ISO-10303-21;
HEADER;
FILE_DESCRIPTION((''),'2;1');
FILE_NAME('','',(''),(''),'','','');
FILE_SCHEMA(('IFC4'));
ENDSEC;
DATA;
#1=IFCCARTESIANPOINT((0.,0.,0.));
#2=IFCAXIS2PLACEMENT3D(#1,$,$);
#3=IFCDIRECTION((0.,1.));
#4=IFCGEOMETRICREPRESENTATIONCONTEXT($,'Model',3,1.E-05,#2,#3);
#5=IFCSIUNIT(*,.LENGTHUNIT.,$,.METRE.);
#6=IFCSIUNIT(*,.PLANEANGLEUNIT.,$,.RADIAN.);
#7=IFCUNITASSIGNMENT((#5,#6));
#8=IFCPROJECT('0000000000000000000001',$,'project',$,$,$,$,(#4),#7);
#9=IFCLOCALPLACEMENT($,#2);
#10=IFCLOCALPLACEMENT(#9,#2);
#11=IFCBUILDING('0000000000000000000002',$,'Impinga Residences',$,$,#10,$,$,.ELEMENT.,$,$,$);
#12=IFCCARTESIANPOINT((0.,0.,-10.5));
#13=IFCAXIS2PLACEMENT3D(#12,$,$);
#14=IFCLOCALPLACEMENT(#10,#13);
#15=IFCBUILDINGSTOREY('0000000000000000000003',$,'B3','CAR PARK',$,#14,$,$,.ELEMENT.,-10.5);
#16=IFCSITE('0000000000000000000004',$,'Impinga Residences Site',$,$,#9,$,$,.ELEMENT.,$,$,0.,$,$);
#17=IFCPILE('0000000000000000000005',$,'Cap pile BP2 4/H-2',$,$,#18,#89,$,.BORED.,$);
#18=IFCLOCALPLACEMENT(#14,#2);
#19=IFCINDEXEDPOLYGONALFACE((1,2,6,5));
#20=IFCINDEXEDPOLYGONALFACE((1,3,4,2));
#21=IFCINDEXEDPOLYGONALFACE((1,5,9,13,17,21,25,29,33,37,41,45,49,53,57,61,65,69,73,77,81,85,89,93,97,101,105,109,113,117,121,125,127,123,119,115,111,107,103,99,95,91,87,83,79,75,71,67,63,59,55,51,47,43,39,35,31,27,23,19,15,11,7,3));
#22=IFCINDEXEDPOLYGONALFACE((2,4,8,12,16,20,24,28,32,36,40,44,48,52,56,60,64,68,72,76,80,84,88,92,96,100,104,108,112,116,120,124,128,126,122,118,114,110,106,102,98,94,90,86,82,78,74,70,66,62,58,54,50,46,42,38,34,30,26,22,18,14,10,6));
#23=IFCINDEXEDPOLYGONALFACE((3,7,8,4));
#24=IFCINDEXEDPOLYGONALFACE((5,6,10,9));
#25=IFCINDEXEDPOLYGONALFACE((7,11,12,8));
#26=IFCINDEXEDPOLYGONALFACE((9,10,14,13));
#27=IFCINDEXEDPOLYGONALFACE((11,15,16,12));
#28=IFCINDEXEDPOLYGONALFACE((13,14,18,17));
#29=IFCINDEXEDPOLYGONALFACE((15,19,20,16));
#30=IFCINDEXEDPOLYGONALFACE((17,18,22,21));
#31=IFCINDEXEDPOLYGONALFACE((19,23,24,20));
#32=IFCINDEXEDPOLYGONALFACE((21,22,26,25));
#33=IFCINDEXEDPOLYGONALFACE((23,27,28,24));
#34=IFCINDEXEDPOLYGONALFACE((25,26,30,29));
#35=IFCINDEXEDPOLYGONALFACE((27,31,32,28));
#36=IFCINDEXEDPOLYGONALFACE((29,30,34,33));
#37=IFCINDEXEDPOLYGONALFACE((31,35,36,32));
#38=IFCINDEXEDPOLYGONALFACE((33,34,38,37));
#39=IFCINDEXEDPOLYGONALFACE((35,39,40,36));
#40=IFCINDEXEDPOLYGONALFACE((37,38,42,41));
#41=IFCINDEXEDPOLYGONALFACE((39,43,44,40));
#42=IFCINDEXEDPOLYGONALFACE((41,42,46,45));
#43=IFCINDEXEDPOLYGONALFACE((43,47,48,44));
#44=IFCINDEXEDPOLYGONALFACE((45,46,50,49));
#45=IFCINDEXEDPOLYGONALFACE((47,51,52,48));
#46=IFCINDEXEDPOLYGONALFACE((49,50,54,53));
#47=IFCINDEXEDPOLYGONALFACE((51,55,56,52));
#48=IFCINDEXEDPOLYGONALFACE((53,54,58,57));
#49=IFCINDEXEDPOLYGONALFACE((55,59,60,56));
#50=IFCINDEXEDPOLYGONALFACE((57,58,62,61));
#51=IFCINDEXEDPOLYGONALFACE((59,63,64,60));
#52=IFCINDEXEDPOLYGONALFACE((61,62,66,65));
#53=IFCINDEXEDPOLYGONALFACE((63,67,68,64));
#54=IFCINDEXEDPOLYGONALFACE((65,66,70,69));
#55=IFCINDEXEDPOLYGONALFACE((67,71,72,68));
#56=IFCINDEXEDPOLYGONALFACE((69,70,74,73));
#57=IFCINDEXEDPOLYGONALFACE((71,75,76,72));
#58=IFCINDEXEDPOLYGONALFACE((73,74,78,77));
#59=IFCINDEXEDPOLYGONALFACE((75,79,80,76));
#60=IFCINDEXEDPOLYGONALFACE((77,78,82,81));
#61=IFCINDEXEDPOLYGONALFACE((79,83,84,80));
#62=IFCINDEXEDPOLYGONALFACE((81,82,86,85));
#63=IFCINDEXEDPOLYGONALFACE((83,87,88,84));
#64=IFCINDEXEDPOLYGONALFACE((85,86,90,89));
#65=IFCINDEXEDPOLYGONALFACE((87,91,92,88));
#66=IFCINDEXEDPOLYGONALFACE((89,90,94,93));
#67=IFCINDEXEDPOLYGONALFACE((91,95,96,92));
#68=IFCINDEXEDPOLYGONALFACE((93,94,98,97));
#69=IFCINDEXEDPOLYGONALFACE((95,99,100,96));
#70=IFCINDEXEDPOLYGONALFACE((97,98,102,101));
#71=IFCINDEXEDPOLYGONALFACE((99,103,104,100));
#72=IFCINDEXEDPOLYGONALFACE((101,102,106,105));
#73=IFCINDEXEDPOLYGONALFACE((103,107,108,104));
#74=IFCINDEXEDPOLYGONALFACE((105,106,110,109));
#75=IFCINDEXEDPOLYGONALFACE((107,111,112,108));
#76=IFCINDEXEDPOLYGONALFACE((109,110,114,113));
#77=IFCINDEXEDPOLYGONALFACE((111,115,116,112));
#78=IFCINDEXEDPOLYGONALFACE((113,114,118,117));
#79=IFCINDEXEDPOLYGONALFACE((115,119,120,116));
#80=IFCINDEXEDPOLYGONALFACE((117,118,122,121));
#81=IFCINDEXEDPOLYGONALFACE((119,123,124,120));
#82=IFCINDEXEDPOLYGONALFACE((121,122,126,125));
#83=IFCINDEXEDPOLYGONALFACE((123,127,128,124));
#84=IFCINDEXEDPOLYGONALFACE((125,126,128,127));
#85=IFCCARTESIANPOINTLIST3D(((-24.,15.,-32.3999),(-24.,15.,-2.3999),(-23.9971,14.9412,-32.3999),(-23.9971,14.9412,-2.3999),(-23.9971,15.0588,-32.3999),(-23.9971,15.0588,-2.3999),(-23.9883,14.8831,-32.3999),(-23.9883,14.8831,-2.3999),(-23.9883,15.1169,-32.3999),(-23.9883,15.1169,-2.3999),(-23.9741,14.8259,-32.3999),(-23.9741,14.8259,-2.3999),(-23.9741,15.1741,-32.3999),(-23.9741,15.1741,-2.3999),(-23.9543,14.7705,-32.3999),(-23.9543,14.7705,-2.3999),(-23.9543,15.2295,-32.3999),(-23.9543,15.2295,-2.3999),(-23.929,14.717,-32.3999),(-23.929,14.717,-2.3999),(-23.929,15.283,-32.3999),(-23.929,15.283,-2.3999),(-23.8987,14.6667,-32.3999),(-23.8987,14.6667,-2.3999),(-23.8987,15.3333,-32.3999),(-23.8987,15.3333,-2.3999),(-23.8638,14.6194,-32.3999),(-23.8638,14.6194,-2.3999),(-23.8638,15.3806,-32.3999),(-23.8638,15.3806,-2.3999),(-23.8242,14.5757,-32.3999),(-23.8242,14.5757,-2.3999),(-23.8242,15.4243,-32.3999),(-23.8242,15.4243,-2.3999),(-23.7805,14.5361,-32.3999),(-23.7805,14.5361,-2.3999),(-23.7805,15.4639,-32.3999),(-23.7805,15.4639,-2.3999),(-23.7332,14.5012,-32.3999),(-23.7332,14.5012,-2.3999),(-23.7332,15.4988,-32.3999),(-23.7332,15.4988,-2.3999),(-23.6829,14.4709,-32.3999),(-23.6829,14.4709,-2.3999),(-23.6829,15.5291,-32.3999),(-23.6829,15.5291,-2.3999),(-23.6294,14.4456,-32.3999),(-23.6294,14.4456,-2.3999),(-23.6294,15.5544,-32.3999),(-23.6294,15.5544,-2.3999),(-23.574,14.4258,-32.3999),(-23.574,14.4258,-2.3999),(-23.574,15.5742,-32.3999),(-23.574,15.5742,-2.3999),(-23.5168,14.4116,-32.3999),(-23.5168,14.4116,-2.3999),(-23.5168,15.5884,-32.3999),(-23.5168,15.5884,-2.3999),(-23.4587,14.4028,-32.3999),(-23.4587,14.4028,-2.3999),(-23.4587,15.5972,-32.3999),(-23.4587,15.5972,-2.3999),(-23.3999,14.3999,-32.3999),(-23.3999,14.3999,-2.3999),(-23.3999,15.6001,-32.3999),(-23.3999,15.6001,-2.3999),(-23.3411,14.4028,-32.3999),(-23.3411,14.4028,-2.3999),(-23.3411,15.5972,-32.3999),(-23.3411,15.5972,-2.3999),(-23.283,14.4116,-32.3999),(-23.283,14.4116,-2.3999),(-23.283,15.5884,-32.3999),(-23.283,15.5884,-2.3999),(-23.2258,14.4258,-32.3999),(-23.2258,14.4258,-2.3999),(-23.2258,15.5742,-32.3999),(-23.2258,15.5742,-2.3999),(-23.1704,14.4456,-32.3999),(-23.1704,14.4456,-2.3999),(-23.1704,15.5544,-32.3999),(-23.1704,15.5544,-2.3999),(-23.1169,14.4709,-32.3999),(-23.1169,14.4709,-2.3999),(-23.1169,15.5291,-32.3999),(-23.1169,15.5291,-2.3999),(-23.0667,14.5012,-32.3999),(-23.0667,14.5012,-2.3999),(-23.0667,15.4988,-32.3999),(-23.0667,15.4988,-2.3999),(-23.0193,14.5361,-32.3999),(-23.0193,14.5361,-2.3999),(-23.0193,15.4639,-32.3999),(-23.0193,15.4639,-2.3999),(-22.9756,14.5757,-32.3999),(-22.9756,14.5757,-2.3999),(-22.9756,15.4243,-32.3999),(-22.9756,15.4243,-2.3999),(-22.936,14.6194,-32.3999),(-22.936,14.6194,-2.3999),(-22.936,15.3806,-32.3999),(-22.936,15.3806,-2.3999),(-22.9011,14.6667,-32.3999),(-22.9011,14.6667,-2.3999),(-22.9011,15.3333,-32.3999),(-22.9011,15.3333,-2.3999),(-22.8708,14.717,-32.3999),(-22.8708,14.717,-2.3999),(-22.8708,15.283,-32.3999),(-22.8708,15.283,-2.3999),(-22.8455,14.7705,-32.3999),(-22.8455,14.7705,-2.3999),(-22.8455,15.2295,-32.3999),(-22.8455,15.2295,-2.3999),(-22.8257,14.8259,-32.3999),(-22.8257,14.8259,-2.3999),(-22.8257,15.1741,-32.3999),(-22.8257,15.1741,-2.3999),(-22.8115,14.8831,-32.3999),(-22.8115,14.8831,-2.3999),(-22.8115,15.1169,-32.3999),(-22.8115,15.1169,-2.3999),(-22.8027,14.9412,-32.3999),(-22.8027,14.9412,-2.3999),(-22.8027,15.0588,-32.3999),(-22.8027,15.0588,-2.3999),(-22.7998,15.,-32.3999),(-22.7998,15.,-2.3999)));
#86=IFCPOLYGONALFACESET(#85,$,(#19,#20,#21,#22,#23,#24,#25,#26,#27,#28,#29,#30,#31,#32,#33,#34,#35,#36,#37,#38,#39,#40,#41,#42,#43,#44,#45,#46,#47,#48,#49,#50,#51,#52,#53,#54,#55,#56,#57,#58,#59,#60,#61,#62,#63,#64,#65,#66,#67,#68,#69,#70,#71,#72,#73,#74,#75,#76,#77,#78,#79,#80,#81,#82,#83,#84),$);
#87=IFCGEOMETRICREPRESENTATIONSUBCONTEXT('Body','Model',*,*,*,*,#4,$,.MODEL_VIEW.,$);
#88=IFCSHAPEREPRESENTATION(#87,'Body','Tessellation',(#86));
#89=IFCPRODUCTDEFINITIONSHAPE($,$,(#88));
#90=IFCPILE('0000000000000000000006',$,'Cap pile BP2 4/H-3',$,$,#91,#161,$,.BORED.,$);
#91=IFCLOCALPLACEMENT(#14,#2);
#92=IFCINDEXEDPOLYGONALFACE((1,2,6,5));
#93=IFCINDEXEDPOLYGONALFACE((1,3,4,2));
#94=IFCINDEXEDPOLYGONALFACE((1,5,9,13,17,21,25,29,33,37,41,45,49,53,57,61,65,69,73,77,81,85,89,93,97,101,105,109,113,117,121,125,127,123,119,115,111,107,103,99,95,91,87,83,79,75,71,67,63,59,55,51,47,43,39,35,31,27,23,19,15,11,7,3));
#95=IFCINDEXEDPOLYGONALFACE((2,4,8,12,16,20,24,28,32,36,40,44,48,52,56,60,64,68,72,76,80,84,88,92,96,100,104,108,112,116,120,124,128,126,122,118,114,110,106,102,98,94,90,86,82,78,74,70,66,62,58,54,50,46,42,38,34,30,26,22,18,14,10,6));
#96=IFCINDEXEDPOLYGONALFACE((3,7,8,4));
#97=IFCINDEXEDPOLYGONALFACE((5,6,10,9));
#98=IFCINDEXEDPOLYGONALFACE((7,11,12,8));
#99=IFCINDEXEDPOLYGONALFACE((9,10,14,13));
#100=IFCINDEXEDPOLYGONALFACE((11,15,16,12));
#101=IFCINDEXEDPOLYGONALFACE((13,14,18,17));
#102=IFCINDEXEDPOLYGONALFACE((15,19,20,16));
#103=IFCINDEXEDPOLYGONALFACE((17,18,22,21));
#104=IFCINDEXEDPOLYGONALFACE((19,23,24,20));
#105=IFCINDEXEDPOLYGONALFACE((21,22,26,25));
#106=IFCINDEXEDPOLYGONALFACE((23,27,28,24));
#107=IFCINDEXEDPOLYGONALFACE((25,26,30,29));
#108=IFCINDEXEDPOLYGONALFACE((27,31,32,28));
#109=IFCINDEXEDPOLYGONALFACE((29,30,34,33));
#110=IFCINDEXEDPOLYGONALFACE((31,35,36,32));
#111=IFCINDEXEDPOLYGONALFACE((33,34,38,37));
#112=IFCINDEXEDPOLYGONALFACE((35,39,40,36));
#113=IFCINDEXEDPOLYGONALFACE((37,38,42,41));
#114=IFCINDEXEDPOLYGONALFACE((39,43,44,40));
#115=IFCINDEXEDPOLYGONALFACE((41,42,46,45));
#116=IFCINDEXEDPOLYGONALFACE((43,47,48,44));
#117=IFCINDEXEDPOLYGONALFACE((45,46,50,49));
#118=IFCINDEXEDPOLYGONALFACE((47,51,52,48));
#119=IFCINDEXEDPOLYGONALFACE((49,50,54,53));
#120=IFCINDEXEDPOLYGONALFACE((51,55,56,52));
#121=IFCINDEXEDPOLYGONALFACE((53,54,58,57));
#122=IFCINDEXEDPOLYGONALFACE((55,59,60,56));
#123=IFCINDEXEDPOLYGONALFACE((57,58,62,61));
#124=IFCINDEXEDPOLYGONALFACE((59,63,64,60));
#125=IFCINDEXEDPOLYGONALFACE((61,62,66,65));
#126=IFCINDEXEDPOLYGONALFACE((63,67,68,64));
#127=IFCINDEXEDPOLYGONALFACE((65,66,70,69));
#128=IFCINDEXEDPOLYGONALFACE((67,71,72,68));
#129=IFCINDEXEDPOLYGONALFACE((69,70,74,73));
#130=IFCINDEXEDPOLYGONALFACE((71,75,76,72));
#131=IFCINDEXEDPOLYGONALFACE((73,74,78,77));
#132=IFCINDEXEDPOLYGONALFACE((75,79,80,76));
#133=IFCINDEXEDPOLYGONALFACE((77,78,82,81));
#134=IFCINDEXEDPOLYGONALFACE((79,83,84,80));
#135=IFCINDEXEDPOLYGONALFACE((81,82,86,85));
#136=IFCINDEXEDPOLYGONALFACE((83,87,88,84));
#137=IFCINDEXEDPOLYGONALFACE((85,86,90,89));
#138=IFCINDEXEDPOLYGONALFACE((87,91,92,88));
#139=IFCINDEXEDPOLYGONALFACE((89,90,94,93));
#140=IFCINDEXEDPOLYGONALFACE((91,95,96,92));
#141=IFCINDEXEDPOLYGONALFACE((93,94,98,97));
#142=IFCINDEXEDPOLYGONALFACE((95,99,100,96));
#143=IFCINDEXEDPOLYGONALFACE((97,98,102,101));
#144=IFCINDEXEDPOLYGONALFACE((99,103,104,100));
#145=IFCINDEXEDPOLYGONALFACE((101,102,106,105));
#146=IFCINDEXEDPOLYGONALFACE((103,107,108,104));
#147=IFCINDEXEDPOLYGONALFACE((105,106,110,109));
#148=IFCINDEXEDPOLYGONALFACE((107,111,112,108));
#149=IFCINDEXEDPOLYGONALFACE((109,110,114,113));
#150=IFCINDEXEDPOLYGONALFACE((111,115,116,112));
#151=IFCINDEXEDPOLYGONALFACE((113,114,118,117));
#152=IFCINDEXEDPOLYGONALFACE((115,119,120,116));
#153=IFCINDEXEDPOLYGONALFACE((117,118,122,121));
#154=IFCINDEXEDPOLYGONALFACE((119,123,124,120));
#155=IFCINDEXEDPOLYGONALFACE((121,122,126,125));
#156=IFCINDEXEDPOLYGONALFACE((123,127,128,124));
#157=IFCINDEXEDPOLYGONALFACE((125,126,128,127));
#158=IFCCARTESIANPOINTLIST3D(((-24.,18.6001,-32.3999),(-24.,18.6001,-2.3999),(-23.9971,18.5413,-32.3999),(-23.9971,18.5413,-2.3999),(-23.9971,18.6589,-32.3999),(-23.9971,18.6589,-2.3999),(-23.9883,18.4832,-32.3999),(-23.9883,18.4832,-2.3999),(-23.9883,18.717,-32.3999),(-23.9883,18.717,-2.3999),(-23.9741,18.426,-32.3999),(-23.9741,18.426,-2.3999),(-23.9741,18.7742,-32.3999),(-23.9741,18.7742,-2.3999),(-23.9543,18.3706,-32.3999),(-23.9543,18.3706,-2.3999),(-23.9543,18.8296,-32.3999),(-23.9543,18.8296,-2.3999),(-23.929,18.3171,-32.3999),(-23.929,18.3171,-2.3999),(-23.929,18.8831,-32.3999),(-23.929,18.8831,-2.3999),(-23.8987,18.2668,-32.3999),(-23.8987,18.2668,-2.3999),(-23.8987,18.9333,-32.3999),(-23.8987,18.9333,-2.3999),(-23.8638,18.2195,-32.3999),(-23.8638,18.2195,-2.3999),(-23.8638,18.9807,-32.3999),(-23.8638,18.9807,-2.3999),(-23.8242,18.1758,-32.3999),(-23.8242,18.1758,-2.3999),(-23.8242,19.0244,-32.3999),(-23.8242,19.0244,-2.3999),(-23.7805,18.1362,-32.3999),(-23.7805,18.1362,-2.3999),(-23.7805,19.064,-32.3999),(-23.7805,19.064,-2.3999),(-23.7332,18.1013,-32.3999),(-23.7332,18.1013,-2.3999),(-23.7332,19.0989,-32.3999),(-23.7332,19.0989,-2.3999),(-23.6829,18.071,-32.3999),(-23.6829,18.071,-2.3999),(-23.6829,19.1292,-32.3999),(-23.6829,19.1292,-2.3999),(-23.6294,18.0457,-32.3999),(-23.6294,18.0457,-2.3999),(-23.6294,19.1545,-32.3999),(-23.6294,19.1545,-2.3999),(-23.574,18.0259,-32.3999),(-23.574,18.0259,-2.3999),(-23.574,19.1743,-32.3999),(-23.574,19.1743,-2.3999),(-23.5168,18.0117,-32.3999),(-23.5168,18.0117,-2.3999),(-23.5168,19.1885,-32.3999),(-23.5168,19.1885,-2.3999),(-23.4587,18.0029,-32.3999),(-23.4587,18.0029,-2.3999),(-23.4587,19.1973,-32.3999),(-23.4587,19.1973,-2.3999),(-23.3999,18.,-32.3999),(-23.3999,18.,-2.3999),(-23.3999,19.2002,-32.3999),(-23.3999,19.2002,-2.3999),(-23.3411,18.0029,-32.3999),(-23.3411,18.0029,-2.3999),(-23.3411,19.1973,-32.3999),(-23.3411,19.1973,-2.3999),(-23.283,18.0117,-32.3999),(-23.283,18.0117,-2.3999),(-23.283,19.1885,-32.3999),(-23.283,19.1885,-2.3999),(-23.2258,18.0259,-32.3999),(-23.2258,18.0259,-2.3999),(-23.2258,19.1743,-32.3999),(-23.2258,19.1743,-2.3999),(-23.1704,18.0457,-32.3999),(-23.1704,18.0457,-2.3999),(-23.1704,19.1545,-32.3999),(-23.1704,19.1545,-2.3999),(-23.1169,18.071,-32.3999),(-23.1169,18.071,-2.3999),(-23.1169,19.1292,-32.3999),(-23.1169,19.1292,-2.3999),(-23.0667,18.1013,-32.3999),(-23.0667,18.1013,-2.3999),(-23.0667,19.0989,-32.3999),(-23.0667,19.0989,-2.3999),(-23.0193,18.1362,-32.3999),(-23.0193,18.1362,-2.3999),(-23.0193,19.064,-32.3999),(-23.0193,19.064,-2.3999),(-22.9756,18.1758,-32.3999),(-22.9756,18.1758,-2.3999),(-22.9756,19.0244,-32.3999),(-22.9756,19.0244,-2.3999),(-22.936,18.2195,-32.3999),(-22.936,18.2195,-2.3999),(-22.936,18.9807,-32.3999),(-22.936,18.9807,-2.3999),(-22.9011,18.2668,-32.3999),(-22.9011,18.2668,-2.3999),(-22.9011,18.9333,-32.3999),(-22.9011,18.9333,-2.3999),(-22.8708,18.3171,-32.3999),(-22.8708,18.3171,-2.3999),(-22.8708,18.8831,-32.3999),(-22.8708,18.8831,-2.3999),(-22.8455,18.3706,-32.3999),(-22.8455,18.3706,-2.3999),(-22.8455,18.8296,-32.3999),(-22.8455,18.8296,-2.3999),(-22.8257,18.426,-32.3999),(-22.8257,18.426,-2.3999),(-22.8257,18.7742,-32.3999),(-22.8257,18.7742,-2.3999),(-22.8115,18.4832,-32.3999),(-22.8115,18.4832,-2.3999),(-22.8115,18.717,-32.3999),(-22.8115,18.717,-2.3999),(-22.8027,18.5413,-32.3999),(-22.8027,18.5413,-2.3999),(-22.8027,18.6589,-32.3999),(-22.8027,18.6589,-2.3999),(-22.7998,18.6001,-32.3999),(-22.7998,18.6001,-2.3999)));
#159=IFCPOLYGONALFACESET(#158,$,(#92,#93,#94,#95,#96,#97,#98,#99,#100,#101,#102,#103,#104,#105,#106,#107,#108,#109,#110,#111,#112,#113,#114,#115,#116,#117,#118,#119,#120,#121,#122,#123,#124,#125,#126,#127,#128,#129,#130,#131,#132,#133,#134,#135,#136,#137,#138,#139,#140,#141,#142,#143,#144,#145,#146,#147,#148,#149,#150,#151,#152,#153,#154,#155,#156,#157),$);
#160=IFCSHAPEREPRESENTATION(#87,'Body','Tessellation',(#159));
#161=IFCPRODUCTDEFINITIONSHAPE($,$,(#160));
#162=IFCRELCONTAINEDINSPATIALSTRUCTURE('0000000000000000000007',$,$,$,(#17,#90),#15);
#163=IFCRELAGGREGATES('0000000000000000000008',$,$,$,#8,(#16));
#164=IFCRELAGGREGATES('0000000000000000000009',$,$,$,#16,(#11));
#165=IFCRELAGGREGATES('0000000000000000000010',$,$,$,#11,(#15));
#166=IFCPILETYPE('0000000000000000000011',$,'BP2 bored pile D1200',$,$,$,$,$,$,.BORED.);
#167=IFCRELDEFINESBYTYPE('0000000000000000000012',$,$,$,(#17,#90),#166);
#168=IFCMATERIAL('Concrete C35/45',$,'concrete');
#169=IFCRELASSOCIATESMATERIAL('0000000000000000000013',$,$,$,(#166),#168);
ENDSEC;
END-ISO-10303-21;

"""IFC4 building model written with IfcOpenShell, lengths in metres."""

from ifc_helpers import new_model, si_unit, direction, frame, origin, origin_2d, place, context, subcontext, project, spatial, polyline, circle, outline, extrude, material, material_profile, profile_set, type_object, element, save


model = new_model("IFC4")

# Units and contexts
model_context = context("Model", 3, precision=1e-05, world=origin(), true_north=direction((0.0, 1.0)))
body_context = subcontext(model_context, "Body", "Model", "MODEL_VIEW")
ifc_project = project(units=[si_unit("LENGTHUNIT", "METRE"), si_unit("PLANEANGLEUNIT", "RADIAN")], contexts=[model_context])

# Site, building, storey
site_placement = place(None, origin())
site = spatial("IfcSite", under=ifc_project, at=site_placement, Name="Impinga Residences Site", CompositionType="ELEMENT", RefElevation=0.0)
building_placement = place(site_placement, origin())
building = spatial("IfcBuilding", under=site, at=building_placement, Name="Impinga Residences", CompositionType="ELEMENT")
storey_placement = place(building_placement, frame((0.0, 0.0, -10.5)))
storey = spatial("IfcBuildingStorey", under=building, at=storey_placement, Name="B3", Description="CAR PARK", CompositionType="ELEMENT", Elevation=-10.5)

# Piles
ifc_material_1 = material(Name="Concrete C35/45", Category="concrete")
ifc_material_profile_1 = material_profile(ifc_material_1, circle(Radius=0.6001, at=origin_2d()), Name="D1200")
ifc_profile_set_1 = profile_set([ifc_material_profile_1], Name="Concrete C35/45")
pile_type_1 = type_object("IfcPileType", Name="BP2 bored pile D1200", PredefinedType="BORED", material=ifc_profile_set_1)
pile_1_placement = place(storey_placement, frame((-23.3999, 15.0, -2.3999), z_axis=(0.0, 0.0, -1.0), x_axis=(1.0, 0.0, 0.0)))
element("IfcPile", 1, at=pile_1_placement, inside=storey, type_object=pile_type_1, Name="Cap pile BP2 4/H-2", PredefinedType="BORED", context=body_context, shape_type="SweptSolid", body=[
    extrude(outline(polyline([(0.6001, 0.0), (0.5972, 0.0588), (0.5884, 0.1169), (0.5742, 0.1741), (0.5544, 0.2295), (0.5291, 0.283), (0.4988, 0.3333), (0.4639, 0.3806), (0.4243, 0.4243), (0.3806, 0.4639), (0.3333, 0.4988), (0.283, 0.5291), (0.2295, 0.5544), (0.1741, 0.5742), (0.1169, 0.5884), (0.0588, 0.5972), (0.0, 0.6001), (-0.0588, 0.5972), (-0.1169, 0.5884), (-0.1741, 0.5742), (-0.2295, 0.5544), (-0.283, 0.5291), (-0.3333, 0.4988), (-0.3806, 0.4639), (-0.4243, 0.4243), (-0.4639, 0.3806), (-0.4988, 0.3333), (-0.5291, 0.283), (-0.5544, 0.2295), (-0.5742, 0.1741), (-0.5884, 0.1169), (-0.5972, 0.0588), (-0.6001, 0.0), (-0.5972, -0.0588), (-0.5884, -0.1169), (-0.5742, -0.1741), (-0.5544, -0.2295), (-0.5291, -0.283), (-0.4988, -0.3333), (-0.4639, -0.3806), (-0.4243, -0.4243), (-0.3806, -0.4639), (-0.3333, -0.4988), (-0.283, -0.5291), (-0.2295, -0.5544), (-0.1741, -0.5742), (-0.1169, -0.5884), (-0.0588, -0.5972), (0.0, -0.6001), (0.0588, -0.5972), (0.1169, -0.5884), (0.1741, -0.5742), (0.2295, -0.5544), (0.283, -0.5291), (0.3333, -0.4988), (0.3806, -0.4639), (0.4243, -0.4243), (0.4639, -0.3806), (0.4988, -0.3333), (0.5291, -0.283), (0.5544, -0.2295), (0.5742, -0.1741), (0.5884, -0.1169), (0.5972, -0.0588), (0.6001, 0.0)])), origin(), (0.0, 0.0, 1.0), 30.0),
])
pile_2_placement = place(storey_placement, frame((-23.3999, 18.6001, -2.3999), z_axis=(0.0, 0.0, -1.0), x_axis=(1.0, 0.0, 0.0)))
element("IfcPile", 2, at=pile_2_placement, inside=storey, type_object=pile_type_1, Name="Cap pile BP2 4/H-3", PredefinedType="BORED", context=body_context, shape_type="SweptSolid", body=[
    extrude(outline(polyline([(0.6001, 0.0), (0.5972, 0.0588), (0.5884, 0.1169), (0.5742, 0.1741), (0.5544, 0.2295), (0.5291, 0.283), (0.4988, 0.3333), (0.4639, 0.3806), (0.4243, 0.4243), (0.3806, 0.4639), (0.3333, 0.4988), (0.283, 0.5291), (0.2295, 0.5544), (0.1741, 0.5742), (0.1169, 0.5884), (0.0588, 0.5972), (0.0, 0.6001), (-0.0588, 0.5972), (-0.1169, 0.5884), (-0.1741, 0.5742), (-0.2295, 0.5544), (-0.283, 0.5291), (-0.3333, 0.4988), (-0.3806, 0.4639), (-0.4243, 0.4243), (-0.4639, 0.3806), (-0.4988, 0.3333), (-0.5291, 0.283), (-0.5544, 0.2295), (-0.5742, 0.1741), (-0.5884, 0.1169), (-0.5972, 0.0588), (-0.6001, 0.0), (-0.5972, -0.0588), (-0.5884, -0.1169), (-0.5742, -0.1741), (-0.5544, -0.2295), (-0.5291, -0.283), (-0.4988, -0.3333), (-0.4639, -0.3806), (-0.4243, -0.4243), (-0.3806, -0.4639), (-0.3333, -0.4988), (-0.283, -0.5291), (-0.2295, -0.5544), (-0.1741, -0.5742), (-0.1169, -0.5884), (-0.0588, -0.5972), (0.0, -0.6001), (0.0588, -0.5972), (0.1169, -0.5884), (0.1741, -0.5742), (0.2295, -0.5544), (0.283, -0.5291), (0.3333, -0.4988), (0.3806, -0.4639), (0.4243, -0.4243), (0.4639, -0.3806), (0.4988, -0.3333), (0.5291, -0.283), (0.5544, -0.2295), (0.5742, -0.1741), (0.5884, -0.1169), (0.5972, -0.0588), (0.6001, 0.0)])), origin(), (0.0, 0.0, 1.0), 30.0),
])

save(model, "model.ifc")
